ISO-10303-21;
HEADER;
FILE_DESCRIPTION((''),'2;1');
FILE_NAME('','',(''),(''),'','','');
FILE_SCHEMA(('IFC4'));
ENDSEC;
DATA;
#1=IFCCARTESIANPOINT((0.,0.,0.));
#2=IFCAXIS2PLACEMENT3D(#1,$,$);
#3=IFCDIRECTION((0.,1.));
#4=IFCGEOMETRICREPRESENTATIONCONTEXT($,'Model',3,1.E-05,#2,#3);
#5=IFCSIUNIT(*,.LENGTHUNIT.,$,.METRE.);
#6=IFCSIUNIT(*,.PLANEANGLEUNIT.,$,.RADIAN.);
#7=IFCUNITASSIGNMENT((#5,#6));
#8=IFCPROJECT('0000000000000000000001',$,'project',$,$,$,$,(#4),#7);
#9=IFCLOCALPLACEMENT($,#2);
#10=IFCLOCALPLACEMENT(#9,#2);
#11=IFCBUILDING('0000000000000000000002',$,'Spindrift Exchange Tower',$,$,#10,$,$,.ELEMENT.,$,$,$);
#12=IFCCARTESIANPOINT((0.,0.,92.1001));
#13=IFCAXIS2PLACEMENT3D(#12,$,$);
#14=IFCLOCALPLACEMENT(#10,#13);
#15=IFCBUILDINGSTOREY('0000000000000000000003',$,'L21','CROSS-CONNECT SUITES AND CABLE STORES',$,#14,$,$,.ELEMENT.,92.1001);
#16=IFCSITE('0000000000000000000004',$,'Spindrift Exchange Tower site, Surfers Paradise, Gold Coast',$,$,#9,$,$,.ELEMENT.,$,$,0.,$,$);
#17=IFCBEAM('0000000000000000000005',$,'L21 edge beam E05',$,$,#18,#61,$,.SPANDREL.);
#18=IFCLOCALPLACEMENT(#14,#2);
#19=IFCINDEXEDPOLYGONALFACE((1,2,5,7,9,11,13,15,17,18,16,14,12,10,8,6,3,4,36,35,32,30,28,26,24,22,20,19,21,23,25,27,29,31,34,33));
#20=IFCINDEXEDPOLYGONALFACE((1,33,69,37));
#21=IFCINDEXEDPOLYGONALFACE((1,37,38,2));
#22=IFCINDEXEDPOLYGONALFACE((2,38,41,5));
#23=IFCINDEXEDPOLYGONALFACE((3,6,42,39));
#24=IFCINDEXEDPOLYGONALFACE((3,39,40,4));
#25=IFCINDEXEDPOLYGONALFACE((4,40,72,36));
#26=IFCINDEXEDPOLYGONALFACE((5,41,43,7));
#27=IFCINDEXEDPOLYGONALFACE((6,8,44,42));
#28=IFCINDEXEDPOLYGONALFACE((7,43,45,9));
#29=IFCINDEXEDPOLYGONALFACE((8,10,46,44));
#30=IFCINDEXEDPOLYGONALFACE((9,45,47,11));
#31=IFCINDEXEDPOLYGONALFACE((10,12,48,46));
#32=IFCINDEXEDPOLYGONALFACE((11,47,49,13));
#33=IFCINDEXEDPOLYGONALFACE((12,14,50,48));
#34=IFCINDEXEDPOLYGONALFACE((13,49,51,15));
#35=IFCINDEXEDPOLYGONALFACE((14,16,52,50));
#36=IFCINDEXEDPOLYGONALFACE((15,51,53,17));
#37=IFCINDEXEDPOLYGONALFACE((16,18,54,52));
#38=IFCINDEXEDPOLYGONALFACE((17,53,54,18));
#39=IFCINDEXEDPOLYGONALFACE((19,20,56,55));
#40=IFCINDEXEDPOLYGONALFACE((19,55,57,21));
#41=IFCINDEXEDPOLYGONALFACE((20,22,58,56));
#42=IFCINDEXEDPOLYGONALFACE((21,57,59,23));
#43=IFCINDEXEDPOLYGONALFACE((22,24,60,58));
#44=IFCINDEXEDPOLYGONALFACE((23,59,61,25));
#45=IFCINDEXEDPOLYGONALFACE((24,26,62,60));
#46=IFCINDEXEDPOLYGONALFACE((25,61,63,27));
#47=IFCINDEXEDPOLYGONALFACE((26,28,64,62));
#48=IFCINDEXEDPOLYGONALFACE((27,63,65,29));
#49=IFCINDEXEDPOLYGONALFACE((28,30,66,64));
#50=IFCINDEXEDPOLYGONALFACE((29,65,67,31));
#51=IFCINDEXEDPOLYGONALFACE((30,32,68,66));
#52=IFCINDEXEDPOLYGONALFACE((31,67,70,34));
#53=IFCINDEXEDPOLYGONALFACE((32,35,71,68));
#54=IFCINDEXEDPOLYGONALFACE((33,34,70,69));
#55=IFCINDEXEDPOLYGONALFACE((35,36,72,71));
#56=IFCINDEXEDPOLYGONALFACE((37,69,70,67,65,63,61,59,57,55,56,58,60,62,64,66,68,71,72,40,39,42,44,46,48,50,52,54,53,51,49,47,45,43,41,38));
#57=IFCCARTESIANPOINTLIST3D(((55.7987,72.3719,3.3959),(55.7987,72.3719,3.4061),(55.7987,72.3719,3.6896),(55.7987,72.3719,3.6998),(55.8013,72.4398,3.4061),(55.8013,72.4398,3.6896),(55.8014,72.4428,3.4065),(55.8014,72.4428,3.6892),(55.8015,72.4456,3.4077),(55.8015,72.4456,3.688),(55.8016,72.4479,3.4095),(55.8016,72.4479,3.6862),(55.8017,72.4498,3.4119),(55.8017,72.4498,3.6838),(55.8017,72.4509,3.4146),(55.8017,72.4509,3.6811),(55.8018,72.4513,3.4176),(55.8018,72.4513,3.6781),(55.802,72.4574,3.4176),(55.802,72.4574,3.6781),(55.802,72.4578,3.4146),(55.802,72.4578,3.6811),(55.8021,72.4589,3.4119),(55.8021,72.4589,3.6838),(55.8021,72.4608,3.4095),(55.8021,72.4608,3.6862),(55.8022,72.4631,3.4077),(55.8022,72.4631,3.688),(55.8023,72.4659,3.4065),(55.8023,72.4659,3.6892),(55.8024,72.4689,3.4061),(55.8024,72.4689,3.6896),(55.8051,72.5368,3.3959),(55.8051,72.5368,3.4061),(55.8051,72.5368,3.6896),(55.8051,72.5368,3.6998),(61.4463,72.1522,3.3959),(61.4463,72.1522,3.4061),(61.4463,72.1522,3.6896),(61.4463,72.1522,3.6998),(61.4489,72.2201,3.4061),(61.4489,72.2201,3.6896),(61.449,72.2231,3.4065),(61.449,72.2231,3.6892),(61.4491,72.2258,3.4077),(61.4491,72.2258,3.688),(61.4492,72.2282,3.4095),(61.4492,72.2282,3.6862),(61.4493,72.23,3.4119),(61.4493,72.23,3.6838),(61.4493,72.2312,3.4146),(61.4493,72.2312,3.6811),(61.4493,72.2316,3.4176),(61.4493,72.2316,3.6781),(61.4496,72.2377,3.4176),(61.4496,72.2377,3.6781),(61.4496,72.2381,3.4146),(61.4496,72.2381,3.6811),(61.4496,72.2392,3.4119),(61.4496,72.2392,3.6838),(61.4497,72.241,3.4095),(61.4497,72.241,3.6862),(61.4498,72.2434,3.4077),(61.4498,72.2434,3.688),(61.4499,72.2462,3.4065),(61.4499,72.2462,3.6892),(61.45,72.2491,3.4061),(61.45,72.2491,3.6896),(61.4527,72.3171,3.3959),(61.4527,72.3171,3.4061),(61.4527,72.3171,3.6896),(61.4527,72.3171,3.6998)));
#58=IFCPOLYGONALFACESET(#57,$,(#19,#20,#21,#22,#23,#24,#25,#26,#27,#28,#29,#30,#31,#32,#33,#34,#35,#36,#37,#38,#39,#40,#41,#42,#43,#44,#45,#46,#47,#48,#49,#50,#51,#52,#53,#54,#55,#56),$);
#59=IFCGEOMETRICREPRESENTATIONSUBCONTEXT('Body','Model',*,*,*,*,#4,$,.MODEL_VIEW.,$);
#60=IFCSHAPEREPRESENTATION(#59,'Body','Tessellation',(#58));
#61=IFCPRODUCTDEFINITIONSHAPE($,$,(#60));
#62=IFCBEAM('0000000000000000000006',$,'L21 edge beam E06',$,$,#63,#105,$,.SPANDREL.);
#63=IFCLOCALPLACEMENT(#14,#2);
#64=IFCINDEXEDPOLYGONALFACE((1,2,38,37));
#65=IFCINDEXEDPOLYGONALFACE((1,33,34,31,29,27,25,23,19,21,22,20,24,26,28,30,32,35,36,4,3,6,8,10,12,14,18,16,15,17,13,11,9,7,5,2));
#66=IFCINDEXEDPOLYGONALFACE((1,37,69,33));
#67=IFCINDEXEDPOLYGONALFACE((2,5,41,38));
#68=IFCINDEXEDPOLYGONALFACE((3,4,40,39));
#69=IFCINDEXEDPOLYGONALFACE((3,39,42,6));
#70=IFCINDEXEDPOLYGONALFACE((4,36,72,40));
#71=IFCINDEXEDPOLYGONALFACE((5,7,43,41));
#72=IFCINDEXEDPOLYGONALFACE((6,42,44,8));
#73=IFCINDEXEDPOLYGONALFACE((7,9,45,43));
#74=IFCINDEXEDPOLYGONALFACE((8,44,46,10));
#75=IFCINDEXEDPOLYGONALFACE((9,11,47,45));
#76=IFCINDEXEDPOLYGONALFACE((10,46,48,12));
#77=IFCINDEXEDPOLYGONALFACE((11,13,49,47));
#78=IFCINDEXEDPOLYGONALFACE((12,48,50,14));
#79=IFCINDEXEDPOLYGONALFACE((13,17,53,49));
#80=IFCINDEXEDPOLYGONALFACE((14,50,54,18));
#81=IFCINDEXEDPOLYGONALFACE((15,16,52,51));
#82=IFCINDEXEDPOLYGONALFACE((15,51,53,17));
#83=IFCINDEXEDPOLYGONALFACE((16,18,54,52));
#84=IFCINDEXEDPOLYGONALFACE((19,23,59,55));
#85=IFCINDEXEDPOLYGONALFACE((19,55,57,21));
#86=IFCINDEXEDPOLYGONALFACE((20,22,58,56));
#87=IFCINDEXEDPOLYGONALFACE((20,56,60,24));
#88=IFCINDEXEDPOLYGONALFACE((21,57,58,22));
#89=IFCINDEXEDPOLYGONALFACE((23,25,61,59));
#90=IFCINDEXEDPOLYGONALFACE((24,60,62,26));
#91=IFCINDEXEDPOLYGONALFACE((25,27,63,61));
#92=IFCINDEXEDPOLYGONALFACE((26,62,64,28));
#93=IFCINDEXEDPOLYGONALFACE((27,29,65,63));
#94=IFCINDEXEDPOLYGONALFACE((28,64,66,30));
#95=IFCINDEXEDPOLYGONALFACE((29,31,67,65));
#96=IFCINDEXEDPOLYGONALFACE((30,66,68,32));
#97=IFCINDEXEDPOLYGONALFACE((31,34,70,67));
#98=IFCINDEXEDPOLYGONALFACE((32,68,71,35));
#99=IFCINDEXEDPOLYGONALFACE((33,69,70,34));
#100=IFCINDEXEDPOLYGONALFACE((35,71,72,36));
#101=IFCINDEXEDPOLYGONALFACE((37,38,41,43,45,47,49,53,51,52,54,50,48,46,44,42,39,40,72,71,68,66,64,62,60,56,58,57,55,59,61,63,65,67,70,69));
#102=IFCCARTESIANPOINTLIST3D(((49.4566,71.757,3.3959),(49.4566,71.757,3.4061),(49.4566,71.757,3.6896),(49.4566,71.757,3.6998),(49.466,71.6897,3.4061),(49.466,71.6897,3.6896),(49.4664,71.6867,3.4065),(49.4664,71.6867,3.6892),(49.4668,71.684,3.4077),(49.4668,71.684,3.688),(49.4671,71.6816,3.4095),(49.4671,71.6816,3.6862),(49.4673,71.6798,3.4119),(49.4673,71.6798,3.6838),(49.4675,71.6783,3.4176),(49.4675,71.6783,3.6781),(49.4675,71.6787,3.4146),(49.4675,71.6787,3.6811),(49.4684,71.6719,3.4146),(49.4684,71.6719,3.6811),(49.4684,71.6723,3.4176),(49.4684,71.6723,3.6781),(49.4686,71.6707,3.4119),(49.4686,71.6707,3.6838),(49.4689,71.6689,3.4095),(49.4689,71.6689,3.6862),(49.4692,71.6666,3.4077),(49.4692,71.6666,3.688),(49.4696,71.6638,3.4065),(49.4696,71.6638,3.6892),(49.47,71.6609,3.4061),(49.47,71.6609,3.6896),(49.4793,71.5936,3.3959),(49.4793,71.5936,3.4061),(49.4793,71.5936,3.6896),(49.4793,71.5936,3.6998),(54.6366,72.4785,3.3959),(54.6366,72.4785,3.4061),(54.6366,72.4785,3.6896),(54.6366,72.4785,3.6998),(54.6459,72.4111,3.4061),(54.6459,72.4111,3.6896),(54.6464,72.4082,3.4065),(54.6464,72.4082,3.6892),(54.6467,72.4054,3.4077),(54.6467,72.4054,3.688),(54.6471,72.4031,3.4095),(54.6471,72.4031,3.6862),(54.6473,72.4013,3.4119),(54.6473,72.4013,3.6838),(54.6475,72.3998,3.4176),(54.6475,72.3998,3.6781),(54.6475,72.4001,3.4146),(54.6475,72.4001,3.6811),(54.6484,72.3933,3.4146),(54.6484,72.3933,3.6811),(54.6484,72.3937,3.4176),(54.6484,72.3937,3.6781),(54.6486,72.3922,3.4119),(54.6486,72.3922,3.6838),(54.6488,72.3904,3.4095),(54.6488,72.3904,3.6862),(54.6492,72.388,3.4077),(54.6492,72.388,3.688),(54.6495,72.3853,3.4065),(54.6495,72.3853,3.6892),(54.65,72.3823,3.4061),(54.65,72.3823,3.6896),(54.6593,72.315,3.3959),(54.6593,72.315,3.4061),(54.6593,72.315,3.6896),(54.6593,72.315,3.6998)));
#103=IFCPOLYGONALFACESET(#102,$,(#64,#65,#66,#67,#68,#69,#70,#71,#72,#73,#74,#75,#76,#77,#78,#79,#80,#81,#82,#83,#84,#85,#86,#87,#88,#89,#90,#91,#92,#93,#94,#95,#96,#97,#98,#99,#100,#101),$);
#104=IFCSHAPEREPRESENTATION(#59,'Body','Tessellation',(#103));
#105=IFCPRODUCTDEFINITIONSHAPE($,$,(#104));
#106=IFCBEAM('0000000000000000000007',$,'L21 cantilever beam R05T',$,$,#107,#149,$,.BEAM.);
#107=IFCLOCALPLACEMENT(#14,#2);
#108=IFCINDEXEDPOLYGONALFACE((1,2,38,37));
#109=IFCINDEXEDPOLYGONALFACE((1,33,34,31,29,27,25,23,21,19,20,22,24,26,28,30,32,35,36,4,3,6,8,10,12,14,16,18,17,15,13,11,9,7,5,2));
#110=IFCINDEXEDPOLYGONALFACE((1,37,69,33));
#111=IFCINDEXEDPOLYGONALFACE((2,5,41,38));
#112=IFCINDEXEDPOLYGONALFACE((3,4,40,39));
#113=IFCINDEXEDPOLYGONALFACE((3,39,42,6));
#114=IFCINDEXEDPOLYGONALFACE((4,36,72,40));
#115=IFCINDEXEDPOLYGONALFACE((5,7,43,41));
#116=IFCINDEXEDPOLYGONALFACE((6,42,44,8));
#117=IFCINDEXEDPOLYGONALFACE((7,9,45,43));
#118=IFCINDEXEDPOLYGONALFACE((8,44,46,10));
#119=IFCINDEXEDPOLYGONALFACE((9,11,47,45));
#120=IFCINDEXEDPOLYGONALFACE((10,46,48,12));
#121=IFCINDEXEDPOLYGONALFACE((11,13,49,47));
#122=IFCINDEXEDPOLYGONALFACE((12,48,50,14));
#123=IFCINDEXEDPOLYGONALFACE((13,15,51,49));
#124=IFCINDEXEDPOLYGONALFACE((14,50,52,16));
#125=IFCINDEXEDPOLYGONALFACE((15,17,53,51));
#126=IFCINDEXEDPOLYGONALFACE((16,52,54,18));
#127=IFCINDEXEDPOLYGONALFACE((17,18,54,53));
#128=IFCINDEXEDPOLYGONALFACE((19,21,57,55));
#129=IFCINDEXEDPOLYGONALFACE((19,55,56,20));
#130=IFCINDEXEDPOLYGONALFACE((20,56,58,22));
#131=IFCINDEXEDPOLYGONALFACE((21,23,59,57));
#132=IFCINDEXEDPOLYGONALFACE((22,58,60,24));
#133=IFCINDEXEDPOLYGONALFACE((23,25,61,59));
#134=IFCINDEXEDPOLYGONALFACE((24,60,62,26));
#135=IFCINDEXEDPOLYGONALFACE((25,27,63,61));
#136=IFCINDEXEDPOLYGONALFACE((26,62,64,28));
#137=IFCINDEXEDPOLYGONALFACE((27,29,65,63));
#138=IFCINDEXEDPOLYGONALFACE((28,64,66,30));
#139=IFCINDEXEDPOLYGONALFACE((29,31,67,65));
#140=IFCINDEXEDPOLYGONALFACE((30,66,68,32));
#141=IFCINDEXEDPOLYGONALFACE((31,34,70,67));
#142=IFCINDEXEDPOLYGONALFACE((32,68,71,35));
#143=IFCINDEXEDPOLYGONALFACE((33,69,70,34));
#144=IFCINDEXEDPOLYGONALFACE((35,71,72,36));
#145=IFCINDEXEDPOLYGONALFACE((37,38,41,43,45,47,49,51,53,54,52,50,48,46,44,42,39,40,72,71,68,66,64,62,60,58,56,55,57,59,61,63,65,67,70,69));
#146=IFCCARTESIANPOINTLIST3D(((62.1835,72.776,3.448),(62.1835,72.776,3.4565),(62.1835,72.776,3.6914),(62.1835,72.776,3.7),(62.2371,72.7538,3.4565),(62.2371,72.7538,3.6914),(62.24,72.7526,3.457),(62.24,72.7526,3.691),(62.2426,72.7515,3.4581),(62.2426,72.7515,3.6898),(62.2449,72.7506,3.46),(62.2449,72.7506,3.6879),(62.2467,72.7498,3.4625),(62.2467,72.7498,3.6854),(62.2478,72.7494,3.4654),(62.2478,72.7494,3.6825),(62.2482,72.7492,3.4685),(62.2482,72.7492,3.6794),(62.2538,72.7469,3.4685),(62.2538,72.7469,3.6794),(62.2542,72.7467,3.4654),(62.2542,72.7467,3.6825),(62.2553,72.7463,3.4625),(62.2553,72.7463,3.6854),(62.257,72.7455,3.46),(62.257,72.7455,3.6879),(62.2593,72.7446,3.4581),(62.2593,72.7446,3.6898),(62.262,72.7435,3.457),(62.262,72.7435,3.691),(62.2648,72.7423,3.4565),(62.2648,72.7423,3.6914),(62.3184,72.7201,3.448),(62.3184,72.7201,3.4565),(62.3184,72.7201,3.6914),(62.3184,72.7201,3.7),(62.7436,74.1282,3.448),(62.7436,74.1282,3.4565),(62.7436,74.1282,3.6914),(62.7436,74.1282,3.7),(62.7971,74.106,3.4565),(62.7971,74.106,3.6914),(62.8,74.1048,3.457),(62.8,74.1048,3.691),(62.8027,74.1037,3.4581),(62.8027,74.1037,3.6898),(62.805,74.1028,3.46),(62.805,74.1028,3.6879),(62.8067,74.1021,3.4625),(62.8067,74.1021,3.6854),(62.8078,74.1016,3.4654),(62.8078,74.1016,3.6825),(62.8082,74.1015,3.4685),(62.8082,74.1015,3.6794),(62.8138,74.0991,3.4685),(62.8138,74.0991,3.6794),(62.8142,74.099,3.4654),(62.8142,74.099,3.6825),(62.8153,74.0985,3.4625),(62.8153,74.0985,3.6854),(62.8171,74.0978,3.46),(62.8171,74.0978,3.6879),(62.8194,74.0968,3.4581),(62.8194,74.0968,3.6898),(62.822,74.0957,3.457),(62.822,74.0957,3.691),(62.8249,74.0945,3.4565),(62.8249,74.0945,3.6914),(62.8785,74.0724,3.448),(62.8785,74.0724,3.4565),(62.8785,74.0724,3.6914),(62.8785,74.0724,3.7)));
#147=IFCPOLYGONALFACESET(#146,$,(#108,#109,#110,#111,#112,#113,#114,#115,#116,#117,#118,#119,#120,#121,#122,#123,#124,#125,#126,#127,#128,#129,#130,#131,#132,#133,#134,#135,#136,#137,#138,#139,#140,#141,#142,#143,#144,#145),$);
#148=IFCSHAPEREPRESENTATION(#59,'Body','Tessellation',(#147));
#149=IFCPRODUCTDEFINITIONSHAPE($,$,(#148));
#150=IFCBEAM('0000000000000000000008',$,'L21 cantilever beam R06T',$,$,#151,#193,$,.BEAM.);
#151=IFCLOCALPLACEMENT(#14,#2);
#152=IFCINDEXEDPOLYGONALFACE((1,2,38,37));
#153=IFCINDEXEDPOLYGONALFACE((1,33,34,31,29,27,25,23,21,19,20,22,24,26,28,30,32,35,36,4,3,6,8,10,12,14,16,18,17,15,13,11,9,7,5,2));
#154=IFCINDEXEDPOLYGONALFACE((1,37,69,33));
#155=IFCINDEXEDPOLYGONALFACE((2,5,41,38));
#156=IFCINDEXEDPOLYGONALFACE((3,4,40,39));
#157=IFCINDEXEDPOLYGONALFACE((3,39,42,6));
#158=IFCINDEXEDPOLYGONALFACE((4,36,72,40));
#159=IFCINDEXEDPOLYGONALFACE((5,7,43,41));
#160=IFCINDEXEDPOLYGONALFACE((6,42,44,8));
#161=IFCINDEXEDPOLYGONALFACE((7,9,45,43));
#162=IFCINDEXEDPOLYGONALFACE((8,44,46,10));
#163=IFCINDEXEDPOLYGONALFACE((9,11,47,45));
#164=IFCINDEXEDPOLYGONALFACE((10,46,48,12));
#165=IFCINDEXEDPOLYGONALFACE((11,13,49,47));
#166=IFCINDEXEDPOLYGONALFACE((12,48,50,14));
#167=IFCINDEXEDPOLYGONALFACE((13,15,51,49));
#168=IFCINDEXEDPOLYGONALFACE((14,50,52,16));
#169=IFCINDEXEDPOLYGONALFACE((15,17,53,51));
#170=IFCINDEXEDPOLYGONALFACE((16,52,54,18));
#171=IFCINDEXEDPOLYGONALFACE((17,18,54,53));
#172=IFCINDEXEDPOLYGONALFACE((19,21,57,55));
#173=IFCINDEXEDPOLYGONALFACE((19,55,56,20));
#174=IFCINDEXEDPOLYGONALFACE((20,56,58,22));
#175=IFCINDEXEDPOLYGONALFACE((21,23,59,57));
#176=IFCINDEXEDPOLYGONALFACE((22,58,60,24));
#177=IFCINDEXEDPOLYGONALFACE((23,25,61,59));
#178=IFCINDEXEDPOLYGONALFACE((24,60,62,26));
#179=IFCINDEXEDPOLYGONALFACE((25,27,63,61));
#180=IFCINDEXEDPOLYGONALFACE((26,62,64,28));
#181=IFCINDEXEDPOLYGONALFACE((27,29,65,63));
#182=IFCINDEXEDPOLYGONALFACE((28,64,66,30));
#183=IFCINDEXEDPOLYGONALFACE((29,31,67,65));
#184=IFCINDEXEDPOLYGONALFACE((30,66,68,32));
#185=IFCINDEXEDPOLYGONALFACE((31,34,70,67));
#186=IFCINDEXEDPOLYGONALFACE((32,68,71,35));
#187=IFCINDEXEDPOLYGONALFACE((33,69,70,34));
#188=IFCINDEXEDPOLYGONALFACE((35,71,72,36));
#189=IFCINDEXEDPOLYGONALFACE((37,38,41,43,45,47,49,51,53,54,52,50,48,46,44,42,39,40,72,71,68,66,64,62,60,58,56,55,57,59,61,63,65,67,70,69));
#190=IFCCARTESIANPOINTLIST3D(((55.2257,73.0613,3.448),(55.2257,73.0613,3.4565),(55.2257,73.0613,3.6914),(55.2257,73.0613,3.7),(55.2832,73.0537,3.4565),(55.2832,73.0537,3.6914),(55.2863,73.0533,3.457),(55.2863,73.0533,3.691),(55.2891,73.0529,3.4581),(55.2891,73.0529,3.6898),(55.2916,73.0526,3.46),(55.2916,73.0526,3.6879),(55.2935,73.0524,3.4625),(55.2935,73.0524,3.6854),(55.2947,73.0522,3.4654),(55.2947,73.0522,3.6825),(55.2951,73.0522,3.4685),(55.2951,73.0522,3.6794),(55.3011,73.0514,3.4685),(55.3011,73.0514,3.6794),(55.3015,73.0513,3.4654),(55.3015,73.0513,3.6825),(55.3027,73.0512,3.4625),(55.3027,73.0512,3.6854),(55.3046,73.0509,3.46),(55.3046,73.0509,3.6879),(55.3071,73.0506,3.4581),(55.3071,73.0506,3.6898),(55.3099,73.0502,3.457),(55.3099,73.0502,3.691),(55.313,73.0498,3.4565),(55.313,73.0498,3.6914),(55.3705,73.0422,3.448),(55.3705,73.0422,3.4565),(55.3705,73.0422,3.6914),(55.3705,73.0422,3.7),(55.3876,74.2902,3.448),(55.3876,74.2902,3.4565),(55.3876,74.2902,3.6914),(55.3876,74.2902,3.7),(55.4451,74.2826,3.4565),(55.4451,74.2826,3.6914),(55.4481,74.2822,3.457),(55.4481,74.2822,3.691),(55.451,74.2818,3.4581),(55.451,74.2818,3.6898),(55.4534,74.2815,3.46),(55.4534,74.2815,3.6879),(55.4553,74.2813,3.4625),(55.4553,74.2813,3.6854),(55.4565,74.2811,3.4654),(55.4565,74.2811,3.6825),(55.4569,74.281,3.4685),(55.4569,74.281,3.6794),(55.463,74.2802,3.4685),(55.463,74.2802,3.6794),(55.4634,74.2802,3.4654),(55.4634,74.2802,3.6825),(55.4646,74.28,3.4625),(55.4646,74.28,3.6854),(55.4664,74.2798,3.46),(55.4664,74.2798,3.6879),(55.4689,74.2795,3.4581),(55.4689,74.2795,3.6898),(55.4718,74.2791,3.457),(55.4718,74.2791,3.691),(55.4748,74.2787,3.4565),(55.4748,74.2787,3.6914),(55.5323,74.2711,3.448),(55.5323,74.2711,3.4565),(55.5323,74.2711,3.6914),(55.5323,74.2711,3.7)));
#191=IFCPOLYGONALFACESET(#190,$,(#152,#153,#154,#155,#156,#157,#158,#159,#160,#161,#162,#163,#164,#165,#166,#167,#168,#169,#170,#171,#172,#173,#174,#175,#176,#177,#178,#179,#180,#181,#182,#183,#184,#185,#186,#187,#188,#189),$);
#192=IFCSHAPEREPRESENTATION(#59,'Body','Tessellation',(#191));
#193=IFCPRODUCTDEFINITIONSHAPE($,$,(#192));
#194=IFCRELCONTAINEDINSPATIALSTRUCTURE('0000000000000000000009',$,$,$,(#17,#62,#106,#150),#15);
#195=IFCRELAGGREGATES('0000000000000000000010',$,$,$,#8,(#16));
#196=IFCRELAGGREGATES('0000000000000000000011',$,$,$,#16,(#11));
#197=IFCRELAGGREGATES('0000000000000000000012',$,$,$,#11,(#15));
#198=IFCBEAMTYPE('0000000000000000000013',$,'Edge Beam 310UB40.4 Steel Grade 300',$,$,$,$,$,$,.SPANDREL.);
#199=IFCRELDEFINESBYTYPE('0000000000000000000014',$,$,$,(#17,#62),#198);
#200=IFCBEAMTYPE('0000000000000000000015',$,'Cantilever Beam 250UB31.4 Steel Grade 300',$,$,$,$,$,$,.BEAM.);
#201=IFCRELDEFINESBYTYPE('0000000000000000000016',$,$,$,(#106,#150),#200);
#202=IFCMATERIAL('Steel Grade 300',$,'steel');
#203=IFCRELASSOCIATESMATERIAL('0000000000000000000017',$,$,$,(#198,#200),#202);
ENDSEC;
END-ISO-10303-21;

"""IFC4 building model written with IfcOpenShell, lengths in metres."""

from ifc_helpers import new_model, si_unit, direction, frame, origin, origin_2d, place, context, subcontext, project, spatial, i_section, extrude, source, transform, mapped, material, material_profile, profile_set, type_object, element, save


model = new_model("IFC4")

# Units and contexts
model_context = context("Model", 3, precision=1e-05, world=origin(), true_north=direction((0.0, 1.0)))
body_context = subcontext(model_context, "Body", "Model", "MODEL_VIEW")
ifc_project = project(units=[si_unit("LENGTHUNIT", "METRE"), si_unit("PLANEANGLEUNIT", "RADIAN")], contexts=[model_context])

# Site, building, storey
site_placement = place(None, origin())
site = spatial("IfcSite", under=ifc_project, at=site_placement, Name="Spindrift Exchange Tower site, Surfers Paradise, Gold Coast", CompositionType="ELEMENT", RefElevation=0.0)
building_placement = place(site_placement, origin())
building = spatial("IfcBuilding", under=site, at=building_placement, Name="Spindrift Exchange Tower", CompositionType="ELEMENT")
storey_placement = place(building_placement, frame((0.0, 0.0, 92.1001)))
storey = spatial("IfcBuildingStorey", under=building, at=storey_placement, Name="L21", Description="CROSS-CONNECT SUITES AND CABLE STORES", CompositionType="ELEMENT", Elevation=92.1001)

# Beams
ifc_material_1 = material(Name="Steel Grade 300", Category="steel")
ifc_material_profile_1 = material_profile(ifc_material_1, i_section(OverallWidth=0.165, OverallDepth=0.304, WebThickness=0.0061, FlangeThickness=0.0103, FilletRadius=0.0115, at=origin_2d()), Name="310UB40.4")
ifc_profile_set_1 = profile_set([ifc_material_profile_1], Name="Steel Grade 300")
beam_type_1 = type_object("IfcBeamType", Name="Edge Beam 310UB40.4 Steel Grade 300", PredefinedType="SPANDREL", material=ifc_profile_set_1)
shared_shape_1 = source(origin(), body_context, "Body", "SweptSolid", [
    extrude(i_section(OverallWidth=0.165, OverallDepth=0.304, WebThickness=0.0061, FlangeThickness=0.0103, FilletRadius=0.0115, at=origin_2d()), origin(), (0.0, 0.0, 1.0), 5.6519),
])
beam_1_placement = place(storey_placement, frame((61.4495, 72.2346, 3.5479), z_axis=(-0.999244, 0.038878, 0.0), x_axis=(-0.038878, -0.999244, 0.0)))
element("IfcBeam", 1, at=beam_1_placement, inside=storey, type_object=beam_type_1, Name="L21 edge beam E05", PredefinedType="SPANDREL", context=body_context, shape_type="MappedRepresentation", body=[
    mapped(shared_shape_1, transform((0.0, 0.0, 0.0), scale=1.0)),
])
shared_shape_2 = source(origin(), body_context, "Body", "SweptSolid", [
    extrude(i_section(OverallWidth=0.165, OverallDepth=0.304, WebThickness=0.0061, FlangeThickness=0.0103, FilletRadius=0.0115, at=origin_2d()), origin(), (0.0, 0.0, 1.0), 5.23),
])
beam_2_placement = place(storey_placement, frame((54.6479, 72.3967, 3.5479), z_axis=(-0.99044, -0.137944, 0.0), x_axis=(0.137944, -0.99044, 0.0)))
element("IfcBeam", 2, at=beam_2_placement, inside=storey, type_object=beam_type_1, Name="L21 edge beam E06", PredefinedType="SPANDREL", context=body_context, shape_type="MappedRepresentation", body=[
    mapped(shared_shape_2, transform((0.0, 0.0, 0.0), scale=1.0)),
])
ifc_material_profile_2 = material_profile(ifc_material_1, i_section(OverallWidth=0.146, OverallDepth=0.252, WebThickness=0.0061, FlangeThickness=0.0085, FilletRadius=0.012, at=origin_2d()), Name="250UB31.4")
ifc_profile_set_2 = profile_set([ifc_material_profile_2], Name="Steel Grade 300")
beam_type_2 = type_object("IfcBeamType", Name="Cantilever Beam 250UB31.4 Steel Grade 300", PredefinedType="BEAM", material=ifc_profile_set_2)
shared_shape_3 = source(origin(), body_context, "Body", "SweptSolid", [
    extrude(i_section(OverallWidth=0.146, OverallDepth=0.252, WebThickness=0.0061, FlangeThickness=0.0085, FilletRadius=0.012, at=origin_2d()), origin(), (0.0, 0.0, 1.0), 1.4636),
])
beam_3_placement = place(storey_placement, frame((62.251, 72.748, 3.574), z_axis=(0.382637, 0.923899, 0.0), x_axis=(-0.923899, 0.382637, 0.0)))
element("IfcBeam", 3, at=beam_3_placement, inside=storey, type_object=beam_type_2, Name="L21 cantilever beam R05T", PredefinedType="BEAM", context=body_context, shape_type="MappedRepresentation", body=[
    mapped(shared_shape_3, transform((0.0, 0.0, 0.0), scale=1.0)),
])
shared_shape_4 = source(origin(), body_context, "Body", "SweptSolid", [
    extrude(i_section(OverallWidth=0.146, OverallDepth=0.252, WebThickness=0.0061, FlangeThickness=0.0085, FilletRadius=0.012, at=origin_2d()), origin(), (0.0, 0.0, 1.0), 1.2395),
])
beam_4_placement = place(storey_placement, frame((55.2981, 73.0518, 3.574), z_axis=(0.130577, 0.991438, 0.0), x_axis=(-0.991438, 0.130577, 0.0)))
element("IfcBeam", 4, at=beam_4_placement, inside=storey, type_object=beam_type_2, Name="L21 cantilever beam R06T", PredefinedType="BEAM", context=body_context, shape_type="MappedRepresentation", body=[
    mapped(shared_shape_4, transform((0.0, 0.0, 0.0), scale=1.0)),
])

save(model, "model.ifc")
